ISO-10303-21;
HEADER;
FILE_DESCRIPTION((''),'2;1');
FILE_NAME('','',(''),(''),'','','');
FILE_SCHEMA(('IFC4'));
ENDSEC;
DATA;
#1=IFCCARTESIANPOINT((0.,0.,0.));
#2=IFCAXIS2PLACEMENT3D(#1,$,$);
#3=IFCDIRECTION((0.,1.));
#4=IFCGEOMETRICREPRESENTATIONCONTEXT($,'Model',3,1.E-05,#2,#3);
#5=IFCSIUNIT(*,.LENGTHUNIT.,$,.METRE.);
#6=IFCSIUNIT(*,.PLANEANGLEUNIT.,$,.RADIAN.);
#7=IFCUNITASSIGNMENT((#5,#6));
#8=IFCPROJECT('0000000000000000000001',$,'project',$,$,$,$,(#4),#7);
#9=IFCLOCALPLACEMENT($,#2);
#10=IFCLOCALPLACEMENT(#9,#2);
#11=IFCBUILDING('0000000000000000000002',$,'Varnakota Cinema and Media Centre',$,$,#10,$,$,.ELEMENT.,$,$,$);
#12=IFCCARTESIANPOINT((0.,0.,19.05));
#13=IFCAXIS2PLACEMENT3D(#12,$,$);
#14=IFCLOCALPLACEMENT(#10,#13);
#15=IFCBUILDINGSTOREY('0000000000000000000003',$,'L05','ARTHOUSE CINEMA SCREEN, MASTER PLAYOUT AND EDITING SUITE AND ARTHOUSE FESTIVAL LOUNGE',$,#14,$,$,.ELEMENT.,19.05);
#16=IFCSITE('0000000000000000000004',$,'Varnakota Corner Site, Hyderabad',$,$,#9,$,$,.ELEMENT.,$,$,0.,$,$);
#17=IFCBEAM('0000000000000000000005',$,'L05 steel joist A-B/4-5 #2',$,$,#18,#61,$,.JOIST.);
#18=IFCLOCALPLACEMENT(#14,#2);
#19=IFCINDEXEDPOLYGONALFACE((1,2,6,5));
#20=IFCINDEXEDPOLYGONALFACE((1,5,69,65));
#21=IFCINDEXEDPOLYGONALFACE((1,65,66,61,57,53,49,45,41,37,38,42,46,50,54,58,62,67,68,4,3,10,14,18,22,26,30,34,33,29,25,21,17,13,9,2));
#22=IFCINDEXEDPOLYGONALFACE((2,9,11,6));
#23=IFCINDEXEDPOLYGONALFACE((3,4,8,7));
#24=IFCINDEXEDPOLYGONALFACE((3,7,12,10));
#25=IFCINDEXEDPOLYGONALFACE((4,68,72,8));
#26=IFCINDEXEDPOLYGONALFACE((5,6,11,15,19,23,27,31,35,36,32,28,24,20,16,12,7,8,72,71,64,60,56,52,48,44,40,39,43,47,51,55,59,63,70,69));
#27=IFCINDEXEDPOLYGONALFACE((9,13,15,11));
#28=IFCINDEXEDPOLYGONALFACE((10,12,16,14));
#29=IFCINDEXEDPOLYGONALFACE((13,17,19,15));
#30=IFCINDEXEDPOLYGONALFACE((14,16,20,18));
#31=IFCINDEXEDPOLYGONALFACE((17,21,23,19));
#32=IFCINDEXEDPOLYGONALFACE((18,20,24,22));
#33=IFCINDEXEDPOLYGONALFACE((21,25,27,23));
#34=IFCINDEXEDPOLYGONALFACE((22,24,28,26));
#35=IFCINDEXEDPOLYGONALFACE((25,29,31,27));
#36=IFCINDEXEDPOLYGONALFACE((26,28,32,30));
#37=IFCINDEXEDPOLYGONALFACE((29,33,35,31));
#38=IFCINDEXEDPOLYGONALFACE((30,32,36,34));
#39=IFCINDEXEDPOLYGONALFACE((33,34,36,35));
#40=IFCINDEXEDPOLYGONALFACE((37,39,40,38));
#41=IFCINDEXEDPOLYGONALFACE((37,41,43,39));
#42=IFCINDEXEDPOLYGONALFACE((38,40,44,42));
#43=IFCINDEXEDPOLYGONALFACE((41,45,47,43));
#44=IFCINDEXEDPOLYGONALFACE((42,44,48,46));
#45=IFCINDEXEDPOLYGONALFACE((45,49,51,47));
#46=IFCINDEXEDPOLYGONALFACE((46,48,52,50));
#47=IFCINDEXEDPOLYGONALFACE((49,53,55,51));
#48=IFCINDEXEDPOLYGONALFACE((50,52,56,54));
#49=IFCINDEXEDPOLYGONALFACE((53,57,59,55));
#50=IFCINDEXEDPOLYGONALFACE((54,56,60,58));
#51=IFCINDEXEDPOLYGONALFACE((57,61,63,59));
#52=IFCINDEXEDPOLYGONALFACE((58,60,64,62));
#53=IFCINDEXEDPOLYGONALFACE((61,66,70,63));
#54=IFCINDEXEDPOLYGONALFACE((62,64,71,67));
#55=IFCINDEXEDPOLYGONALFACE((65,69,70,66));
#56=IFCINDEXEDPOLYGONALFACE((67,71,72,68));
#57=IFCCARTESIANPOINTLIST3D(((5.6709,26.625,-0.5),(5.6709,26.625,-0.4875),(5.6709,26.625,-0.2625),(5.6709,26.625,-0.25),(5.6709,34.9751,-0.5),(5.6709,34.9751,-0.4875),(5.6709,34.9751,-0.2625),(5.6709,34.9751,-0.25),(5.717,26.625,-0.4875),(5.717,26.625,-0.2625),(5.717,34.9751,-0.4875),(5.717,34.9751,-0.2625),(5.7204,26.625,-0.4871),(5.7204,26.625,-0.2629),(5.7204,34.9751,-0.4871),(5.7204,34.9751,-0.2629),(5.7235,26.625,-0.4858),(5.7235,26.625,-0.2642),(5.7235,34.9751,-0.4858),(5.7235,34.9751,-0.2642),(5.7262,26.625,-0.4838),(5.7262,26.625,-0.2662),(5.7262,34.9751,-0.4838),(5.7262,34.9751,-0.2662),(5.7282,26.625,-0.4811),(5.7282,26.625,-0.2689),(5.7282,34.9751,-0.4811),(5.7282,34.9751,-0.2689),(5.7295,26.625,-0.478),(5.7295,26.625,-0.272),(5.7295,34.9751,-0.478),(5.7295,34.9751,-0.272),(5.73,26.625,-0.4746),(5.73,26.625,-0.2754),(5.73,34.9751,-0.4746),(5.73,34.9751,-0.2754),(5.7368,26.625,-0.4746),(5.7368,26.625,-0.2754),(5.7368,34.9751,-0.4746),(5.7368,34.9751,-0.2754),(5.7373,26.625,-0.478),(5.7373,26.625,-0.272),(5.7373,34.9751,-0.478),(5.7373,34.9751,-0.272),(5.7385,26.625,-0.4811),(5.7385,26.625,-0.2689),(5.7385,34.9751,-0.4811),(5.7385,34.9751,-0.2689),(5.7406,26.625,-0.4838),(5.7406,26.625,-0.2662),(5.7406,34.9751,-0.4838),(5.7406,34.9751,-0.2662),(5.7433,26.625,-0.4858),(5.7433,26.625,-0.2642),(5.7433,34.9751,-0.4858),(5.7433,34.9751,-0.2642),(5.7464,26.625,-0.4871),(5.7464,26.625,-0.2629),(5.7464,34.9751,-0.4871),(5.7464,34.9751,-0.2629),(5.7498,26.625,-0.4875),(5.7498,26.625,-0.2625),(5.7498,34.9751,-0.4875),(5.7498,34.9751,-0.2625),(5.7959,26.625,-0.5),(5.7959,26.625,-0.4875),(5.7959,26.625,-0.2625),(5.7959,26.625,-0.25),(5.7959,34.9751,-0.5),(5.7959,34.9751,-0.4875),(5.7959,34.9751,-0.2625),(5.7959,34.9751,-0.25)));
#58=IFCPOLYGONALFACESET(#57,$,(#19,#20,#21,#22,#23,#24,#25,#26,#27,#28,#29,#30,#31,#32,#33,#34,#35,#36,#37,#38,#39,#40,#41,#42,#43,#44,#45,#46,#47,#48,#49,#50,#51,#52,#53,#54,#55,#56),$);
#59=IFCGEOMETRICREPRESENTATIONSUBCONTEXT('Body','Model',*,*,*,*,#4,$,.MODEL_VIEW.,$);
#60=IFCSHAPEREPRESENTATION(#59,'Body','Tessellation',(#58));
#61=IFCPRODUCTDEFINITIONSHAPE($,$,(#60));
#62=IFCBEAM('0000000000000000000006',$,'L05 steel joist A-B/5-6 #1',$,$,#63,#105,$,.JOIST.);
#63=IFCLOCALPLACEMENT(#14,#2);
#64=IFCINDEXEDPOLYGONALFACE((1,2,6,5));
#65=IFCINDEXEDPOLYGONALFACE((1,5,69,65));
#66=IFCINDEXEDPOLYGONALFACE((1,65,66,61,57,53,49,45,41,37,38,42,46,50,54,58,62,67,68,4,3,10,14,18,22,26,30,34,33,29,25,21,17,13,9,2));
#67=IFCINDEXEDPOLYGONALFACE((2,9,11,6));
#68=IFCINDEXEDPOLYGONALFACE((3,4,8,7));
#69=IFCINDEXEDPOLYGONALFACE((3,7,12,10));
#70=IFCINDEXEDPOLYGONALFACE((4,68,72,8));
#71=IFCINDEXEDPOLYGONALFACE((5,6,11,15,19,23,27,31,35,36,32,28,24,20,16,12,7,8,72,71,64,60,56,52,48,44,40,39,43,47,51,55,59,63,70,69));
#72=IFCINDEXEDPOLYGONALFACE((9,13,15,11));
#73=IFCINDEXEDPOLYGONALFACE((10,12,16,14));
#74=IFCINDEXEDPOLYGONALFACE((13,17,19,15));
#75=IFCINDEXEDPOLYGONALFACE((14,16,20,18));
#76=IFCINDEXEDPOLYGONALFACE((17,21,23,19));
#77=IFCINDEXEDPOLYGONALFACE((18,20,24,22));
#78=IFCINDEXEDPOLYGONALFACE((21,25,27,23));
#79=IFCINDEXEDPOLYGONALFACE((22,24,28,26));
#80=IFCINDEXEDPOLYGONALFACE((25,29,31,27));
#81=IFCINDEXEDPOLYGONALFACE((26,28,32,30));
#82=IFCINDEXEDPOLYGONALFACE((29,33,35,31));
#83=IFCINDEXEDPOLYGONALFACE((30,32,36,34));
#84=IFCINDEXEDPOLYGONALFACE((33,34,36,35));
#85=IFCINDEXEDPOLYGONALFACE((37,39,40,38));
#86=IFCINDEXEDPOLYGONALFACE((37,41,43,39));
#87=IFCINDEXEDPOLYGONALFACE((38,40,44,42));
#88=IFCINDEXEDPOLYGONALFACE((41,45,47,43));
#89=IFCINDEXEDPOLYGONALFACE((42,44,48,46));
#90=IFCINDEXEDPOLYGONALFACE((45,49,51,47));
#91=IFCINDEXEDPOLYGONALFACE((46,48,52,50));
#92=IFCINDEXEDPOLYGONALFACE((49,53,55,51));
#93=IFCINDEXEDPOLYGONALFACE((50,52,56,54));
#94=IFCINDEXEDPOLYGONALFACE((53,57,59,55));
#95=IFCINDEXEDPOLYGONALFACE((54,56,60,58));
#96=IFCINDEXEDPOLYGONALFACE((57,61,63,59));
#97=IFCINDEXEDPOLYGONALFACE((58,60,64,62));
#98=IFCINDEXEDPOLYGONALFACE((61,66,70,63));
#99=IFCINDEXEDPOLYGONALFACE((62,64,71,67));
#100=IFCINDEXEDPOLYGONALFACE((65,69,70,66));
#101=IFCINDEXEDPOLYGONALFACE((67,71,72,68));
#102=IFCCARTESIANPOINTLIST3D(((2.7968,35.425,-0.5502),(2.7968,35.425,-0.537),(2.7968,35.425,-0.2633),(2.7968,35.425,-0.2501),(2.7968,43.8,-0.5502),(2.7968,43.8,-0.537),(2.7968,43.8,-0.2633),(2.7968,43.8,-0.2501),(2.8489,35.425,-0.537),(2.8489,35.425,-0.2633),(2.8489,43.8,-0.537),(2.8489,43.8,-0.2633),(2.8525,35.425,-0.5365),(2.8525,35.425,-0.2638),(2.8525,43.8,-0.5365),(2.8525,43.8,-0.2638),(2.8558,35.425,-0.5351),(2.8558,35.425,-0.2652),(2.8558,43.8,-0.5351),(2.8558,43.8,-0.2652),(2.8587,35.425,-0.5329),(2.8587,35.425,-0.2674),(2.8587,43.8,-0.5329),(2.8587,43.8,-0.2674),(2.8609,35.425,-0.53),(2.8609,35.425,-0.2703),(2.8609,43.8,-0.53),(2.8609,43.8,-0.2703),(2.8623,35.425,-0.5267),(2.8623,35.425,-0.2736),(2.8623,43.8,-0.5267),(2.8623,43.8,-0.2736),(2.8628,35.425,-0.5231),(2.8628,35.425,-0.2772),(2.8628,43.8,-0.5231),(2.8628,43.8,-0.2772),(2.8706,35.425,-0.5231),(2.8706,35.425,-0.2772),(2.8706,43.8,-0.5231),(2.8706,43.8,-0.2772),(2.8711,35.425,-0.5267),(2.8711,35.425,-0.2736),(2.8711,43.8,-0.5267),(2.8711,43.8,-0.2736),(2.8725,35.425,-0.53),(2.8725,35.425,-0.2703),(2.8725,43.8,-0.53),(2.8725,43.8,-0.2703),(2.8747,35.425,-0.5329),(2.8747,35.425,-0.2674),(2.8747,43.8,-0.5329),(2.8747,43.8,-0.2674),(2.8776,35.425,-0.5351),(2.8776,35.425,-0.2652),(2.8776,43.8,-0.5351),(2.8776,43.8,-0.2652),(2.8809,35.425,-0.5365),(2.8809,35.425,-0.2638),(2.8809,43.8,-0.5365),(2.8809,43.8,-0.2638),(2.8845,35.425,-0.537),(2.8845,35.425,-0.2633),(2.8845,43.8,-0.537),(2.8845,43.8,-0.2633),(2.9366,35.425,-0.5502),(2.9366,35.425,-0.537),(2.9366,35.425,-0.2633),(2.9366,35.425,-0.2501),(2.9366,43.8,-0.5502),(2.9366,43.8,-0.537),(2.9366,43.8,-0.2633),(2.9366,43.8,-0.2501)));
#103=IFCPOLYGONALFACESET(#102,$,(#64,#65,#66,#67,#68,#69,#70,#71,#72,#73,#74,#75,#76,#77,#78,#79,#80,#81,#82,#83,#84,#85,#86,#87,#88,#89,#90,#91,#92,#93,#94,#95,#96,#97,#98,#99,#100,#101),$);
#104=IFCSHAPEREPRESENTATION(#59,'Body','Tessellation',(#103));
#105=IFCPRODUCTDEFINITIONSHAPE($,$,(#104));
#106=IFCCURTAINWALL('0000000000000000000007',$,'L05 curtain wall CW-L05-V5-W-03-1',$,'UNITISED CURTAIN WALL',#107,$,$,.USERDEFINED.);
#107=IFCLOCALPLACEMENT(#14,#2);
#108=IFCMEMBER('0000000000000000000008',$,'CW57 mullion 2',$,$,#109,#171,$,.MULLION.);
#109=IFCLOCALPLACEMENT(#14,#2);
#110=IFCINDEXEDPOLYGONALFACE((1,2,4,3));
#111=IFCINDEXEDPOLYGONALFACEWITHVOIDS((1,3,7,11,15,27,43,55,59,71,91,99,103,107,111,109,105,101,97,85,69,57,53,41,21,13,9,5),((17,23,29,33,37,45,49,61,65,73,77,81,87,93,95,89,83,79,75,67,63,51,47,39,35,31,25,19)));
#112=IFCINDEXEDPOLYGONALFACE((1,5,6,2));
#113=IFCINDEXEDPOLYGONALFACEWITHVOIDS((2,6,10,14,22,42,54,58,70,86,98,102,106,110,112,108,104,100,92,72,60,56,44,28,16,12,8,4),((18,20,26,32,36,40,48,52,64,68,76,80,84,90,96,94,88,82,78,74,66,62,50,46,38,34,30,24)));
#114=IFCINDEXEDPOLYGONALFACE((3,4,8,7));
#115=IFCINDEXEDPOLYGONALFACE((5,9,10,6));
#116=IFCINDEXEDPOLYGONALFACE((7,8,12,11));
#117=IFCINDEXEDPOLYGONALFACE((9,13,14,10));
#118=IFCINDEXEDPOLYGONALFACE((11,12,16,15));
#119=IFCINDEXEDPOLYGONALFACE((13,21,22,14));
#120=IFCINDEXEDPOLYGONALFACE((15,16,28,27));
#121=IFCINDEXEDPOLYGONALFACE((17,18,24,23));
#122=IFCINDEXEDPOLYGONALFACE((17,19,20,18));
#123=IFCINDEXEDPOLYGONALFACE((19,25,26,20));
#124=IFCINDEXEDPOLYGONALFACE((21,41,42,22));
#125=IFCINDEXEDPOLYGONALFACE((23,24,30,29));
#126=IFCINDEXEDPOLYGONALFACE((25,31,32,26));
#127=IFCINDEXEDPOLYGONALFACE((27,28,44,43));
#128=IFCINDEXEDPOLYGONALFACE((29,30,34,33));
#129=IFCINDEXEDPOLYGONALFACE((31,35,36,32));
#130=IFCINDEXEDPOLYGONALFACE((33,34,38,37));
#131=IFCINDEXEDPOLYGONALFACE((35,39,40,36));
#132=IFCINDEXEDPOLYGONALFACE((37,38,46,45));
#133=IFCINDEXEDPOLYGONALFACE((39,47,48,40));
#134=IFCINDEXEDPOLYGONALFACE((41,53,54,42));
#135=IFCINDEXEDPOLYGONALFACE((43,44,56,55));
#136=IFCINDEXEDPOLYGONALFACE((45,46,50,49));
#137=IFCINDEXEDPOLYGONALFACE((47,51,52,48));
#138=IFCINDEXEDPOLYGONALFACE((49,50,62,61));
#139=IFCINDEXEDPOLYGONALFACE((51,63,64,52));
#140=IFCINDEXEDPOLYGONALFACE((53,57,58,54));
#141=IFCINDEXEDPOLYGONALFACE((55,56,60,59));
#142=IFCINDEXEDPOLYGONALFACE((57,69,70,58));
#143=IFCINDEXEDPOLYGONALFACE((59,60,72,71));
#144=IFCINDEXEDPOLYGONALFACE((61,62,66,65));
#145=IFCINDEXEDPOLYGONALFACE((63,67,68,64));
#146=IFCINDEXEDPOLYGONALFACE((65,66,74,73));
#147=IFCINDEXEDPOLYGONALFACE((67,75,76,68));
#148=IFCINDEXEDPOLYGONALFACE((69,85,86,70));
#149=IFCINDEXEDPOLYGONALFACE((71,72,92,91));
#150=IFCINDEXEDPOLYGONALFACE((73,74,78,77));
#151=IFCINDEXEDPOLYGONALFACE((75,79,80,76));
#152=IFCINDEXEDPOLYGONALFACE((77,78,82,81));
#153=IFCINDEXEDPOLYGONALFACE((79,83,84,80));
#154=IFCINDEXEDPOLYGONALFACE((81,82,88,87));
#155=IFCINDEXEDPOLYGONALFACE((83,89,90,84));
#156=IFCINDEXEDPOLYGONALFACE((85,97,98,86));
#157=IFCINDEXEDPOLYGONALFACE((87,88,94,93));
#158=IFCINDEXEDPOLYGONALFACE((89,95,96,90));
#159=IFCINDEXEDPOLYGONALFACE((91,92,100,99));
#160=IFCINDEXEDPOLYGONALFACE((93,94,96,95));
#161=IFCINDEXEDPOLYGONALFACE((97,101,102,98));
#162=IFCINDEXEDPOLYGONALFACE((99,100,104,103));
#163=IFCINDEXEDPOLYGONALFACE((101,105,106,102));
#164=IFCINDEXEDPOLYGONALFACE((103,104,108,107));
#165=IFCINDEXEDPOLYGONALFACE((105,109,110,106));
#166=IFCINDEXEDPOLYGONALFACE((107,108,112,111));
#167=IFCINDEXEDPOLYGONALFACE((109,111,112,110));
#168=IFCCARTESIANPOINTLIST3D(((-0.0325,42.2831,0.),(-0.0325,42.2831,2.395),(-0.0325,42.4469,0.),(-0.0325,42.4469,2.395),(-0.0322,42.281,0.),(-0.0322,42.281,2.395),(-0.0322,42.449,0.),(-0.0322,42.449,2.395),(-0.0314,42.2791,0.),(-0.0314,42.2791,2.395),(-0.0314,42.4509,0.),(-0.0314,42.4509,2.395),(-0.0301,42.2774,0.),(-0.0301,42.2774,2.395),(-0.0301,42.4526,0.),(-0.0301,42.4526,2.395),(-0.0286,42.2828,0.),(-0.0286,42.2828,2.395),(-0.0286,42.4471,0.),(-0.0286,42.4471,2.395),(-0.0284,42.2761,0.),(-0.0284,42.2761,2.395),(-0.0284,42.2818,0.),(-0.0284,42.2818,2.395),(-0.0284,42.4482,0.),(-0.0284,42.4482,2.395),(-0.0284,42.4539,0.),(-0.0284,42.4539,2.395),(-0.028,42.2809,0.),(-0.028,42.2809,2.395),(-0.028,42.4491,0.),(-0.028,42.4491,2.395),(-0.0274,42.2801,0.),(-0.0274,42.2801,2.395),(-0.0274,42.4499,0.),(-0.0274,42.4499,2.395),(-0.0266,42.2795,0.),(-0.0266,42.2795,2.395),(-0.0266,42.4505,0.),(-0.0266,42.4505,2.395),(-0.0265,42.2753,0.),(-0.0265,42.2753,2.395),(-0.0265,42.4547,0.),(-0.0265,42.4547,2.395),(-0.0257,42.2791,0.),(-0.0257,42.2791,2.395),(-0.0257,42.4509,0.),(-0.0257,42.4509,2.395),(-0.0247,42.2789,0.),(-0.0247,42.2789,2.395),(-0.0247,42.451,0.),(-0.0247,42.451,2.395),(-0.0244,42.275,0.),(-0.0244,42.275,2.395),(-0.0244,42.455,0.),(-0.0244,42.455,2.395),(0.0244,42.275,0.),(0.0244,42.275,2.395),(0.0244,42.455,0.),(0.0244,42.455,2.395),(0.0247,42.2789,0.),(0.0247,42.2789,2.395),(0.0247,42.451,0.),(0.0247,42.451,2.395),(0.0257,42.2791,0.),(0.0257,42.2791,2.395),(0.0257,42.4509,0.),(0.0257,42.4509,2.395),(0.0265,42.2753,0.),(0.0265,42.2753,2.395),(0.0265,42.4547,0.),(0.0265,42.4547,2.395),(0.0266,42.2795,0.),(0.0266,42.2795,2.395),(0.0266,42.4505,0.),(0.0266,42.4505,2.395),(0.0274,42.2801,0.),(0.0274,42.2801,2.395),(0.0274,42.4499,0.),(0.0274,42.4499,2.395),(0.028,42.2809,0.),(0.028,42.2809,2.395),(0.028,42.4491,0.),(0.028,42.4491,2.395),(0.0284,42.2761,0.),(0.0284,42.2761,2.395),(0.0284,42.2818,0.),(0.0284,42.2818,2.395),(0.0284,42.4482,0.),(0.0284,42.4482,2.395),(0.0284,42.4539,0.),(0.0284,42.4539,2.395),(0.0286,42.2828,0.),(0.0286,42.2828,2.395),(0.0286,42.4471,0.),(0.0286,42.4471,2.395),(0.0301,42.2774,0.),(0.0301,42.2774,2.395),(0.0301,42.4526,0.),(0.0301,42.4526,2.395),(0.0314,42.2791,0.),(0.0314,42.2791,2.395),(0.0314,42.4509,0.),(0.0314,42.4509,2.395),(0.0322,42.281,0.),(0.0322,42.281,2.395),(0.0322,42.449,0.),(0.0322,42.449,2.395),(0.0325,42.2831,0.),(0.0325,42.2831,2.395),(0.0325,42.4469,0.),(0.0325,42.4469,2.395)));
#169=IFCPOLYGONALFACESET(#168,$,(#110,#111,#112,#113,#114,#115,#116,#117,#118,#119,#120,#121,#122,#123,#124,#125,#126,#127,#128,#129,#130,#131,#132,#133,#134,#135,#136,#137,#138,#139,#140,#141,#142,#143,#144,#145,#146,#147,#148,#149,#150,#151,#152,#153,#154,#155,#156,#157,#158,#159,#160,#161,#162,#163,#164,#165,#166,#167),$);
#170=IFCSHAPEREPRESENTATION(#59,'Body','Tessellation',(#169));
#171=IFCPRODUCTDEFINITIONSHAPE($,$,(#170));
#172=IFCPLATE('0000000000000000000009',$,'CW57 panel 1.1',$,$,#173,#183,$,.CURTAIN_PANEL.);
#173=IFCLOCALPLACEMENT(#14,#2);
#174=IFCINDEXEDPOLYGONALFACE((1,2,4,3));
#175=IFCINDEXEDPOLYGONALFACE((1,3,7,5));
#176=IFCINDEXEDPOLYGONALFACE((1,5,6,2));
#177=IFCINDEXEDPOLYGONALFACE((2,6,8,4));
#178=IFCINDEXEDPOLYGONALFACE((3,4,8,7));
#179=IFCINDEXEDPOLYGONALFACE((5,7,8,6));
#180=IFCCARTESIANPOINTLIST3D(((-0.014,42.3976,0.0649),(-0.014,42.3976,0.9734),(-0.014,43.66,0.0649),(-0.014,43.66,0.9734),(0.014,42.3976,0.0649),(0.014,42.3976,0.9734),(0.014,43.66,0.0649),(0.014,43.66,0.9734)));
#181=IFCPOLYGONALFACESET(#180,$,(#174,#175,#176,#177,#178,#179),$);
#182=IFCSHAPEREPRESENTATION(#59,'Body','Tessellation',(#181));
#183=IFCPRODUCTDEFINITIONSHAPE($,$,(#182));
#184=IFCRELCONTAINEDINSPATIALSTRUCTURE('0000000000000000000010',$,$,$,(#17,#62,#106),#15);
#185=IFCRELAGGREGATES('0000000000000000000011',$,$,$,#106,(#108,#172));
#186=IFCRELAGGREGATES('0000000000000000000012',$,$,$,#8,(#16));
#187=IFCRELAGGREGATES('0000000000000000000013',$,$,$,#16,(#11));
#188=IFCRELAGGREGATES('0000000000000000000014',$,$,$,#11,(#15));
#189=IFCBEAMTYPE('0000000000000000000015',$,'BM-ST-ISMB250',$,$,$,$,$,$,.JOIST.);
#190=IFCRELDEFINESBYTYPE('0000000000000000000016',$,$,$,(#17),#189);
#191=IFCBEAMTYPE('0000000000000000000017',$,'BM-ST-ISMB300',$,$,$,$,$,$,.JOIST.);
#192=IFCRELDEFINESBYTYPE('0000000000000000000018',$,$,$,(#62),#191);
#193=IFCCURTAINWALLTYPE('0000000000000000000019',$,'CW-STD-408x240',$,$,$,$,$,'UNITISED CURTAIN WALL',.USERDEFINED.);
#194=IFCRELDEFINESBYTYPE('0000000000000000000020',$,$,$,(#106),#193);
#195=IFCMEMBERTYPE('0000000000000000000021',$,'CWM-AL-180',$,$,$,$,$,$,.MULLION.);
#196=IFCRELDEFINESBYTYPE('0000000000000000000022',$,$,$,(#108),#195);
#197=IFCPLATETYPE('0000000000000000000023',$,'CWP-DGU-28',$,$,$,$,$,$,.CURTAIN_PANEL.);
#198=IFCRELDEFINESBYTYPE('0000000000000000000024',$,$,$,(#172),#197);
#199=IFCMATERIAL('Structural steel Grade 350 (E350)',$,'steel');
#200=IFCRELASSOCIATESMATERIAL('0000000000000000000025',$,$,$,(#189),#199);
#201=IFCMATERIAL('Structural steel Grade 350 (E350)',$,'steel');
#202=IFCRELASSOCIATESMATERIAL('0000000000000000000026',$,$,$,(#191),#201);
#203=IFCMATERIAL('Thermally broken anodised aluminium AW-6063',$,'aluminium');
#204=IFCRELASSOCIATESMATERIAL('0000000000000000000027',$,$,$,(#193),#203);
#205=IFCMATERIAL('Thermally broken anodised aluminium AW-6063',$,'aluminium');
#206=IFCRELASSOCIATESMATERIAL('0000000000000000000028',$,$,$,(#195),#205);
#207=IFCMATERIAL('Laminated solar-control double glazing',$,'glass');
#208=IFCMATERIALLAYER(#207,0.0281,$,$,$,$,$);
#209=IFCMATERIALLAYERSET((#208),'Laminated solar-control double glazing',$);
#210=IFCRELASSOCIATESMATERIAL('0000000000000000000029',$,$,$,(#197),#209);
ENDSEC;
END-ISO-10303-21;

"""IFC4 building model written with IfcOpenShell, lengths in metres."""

from ifc_helpers import new_model, si_unit, direction, frame, origin, origin_2d, place, context, subcontext, project, spatial, rectangle, hollow_rectangle, i_section, extrude, material, layer, layer_set, material_profile, profile_set, type_object, element, aggregate, save


model = new_model("IFC4")

# Units and contexts
model_context = context("Model", 3, precision=1e-05, world=origin(), true_north=direction((0.0, 1.0)))
body_context = subcontext(model_context, "Body", "Model", "MODEL_VIEW")
ifc_project = project(units=[si_unit("LENGTHUNIT", "METRE"), si_unit("PLANEANGLEUNIT", "RADIAN")], contexts=[model_context])

# Site, building, storey
site_placement = place(None, origin())
site = spatial("IfcSite", under=ifc_project, at=site_placement, Name="Varnakota Corner Site, Hyderabad", CompositionType="ELEMENT", RefElevation=0.0)
building_placement = place(site_placement, origin())
building = spatial("IfcBuilding", under=site, at=building_placement, Name="Varnakota Cinema and Media Centre", CompositionType="ELEMENT")
storey_placement = place(building_placement, frame((0.0, 0.0, 19.05)))
storey = spatial("IfcBuildingStorey", under=building, at=storey_placement, Name="L05", Description="ARTHOUSE CINEMA SCREEN, MASTER PLAYOUT AND EDITING SUITE AND ARTHOUSE FESTIVAL LOUNGE", CompositionType="ELEMENT", Elevation=19.05)

# Beams
ifc_material_1 = material(Name="Structural steel Grade 350 (E350)", Category="steel")
ifc_material_profile_1 = material_profile(ifc_material_1, i_section(OverallWidth=0.125, OverallDepth=0.25, WebThickness=0.0068, FlangeThickness=0.0125, FilletRadius=0.0129, at=origin_2d()), Name="ISMB 250")
ifc_profile_set_1 = profile_set([ifc_material_profile_1], Name="Structural steel Grade 350 (E350)")
beam_type_1 = type_object("IfcBeamType", Name="BM-ST-ISMB250", PredefinedType="JOIST", material=ifc_profile_set_1)
for number, where, z_axis, x_axis, name in (
    (1, (5.7334, 26.625, -0.375), (0.0, 1.0, 0.0), (-1.0, 0.0, 0.0), "L05 steel joist A-B/4-5 #2"),
):
    element("IfcBeam", number, at=place(storey_placement, frame(where, z_axis=z_axis, x_axis=x_axis)), inside=storey, type_object=beam_type_1, Name=name, PredefinedType="JOIST", context=body_context, shape_type="SweptSolid", body=[
        extrude(i_section(OverallWidth=0.125, OverallDepth=0.25, WebThickness=0.0068, FlangeThickness=0.0125, FilletRadius=0.0129, at=origin_2d()), origin(), (0.0, 0.0, 1.0), 8.3501),
    ])
ifc_material_2 = material(Name="Structural steel Grade 350 (E350)", Category="steel")
ifc_material_profile_2 = material_profile(ifc_material_2, i_section(OverallWidth=0.1399, OverallDepth=0.3, WebThickness=0.0078, FlangeThickness=0.0132, FilletRadius=0.0139, at=origin_2d()), Name="ISMB 300")
ifc_profile_set_2 = profile_set([ifc_material_profile_2], Name="Structural steel Grade 350 (E350)")
beam_type_2 = type_object("IfcBeamType", Name="BM-ST-ISMB300", PredefinedType="JOIST", material=ifc_profile_set_2)
beam_1_placement = place(storey_placement, frame((2.8667, 35.425, -0.4001), z_axis=(0.0, 1.0, 0.0), x_axis=(-1.0, 0.0, 0.0)))
element("IfcBeam", 2, at=beam_1_placement, inside=storey, type_object=beam_type_2, Name="L05 steel joist A-B/5-6 #1", PredefinedType="JOIST", context=body_context, shape_type="SweptSolid", body=[
    extrude(i_section(OverallWidth=0.1399, OverallDepth=0.3, WebThickness=0.0078, FlangeThickness=0.0132, FilletRadius=0.0139, at=origin_2d()), origin(), (0.0, 0.0, 1.0), 8.375),
])

# Curtain wall, member, plate
ifc_material_3 = material(Name="Thermally broken anodised aluminium AW-6063", Category="aluminium")
curtain_wall_type = type_object("IfcCurtainWallType", Name="CW-STD-408x240", ElementType="UNITISED CURTAIN WALL", PredefinedType="USERDEFINED", material=ifc_material_3)
curtain_wall_placement = place(storey_placement, origin())
curtain_wall = element("IfcCurtainWall", 3, at=curtain_wall_placement, inside=storey, type_object=curtain_wall_type, Name="L05 curtain wall CW-L05-V5-W-03-1", ObjectType="UNITISED CURTAIN WALL", PredefinedType="USERDEFINED")
ifc_material_4 = material(Name="Thermally broken anodised aluminium AW-6063", Category="aluminium")
ifc_material_profile_3 = material_profile(ifc_material_4, hollow_rectangle(XDim=0.0649, YDim=0.1799, WallThickness=0.0039, InnerFilletRadius=0.0039, OuterFilletRadius=0.0081, at=origin_2d()), Name="AL-MULLION 180x65x4")
ifc_profile_set_3 = profile_set([ifc_material_profile_3], Name="Thermally broken anodised aluminium AW-6063")
member_type = type_object("IfcMemberType", Name="CWM-AL-180", PredefinedType="MULLION", material=ifc_profile_set_3)
member_placement = place(storey_placement, frame((0.0, 42.365, 0.0), z_axis=(0.0, 0.0, 1.0), x_axis=(1.0, 0.0, 0.0)))
member = element("IfcMember", 4, at=member_placement, type_object=member_type, Name="CW57 mullion 2", PredefinedType="MULLION", context=body_context, shape_type="SweptSolid", body=[
    extrude(hollow_rectangle(XDim=0.0649, YDim=0.1799, WallThickness=0.0039, InnerFilletRadius=0.0039, OuterFilletRadius=0.0081, at=origin_2d()), origin(), (0.0, 0.0, 1.0), 2.395),
])
ifc_material_5 = material(Name="Laminated solar-control double glazing", Category="glass")
ifc_layer_1 = layer(ifc_material_5, 0.0281)
ifc_layer_set_1 = layer_set([ifc_layer_1], Name="Laminated solar-control double glazing")
plate_type = type_object("IfcPlateType", Name="CWP-DGU-28", PredefinedType="CURTAIN_PANEL", material=ifc_layer_set_1)
plate_1_placement = place(storey_placement, frame((0.0, 43.0288, 0.0649), z_axis=(0.0, 0.0, 1.0), x_axis=(0.0, -1.0, 0.0)))
plate_1 = element("IfcPlate", 5, at=plate_1_placement, type_object=plate_type, Name="CW57 panel 1.1", PredefinedType="CURTAIN_PANEL", context=body_context, shape_type="SweptSolid", body=[
    extrude(rectangle(XDim=1.2625, YDim=0.0281, at=origin_2d()), origin(), (0.0, 0.0, 1.0), 0.9084),
])
aggregate(curtain_wall, [member, plate_1])

save(model, "model.ifc")
